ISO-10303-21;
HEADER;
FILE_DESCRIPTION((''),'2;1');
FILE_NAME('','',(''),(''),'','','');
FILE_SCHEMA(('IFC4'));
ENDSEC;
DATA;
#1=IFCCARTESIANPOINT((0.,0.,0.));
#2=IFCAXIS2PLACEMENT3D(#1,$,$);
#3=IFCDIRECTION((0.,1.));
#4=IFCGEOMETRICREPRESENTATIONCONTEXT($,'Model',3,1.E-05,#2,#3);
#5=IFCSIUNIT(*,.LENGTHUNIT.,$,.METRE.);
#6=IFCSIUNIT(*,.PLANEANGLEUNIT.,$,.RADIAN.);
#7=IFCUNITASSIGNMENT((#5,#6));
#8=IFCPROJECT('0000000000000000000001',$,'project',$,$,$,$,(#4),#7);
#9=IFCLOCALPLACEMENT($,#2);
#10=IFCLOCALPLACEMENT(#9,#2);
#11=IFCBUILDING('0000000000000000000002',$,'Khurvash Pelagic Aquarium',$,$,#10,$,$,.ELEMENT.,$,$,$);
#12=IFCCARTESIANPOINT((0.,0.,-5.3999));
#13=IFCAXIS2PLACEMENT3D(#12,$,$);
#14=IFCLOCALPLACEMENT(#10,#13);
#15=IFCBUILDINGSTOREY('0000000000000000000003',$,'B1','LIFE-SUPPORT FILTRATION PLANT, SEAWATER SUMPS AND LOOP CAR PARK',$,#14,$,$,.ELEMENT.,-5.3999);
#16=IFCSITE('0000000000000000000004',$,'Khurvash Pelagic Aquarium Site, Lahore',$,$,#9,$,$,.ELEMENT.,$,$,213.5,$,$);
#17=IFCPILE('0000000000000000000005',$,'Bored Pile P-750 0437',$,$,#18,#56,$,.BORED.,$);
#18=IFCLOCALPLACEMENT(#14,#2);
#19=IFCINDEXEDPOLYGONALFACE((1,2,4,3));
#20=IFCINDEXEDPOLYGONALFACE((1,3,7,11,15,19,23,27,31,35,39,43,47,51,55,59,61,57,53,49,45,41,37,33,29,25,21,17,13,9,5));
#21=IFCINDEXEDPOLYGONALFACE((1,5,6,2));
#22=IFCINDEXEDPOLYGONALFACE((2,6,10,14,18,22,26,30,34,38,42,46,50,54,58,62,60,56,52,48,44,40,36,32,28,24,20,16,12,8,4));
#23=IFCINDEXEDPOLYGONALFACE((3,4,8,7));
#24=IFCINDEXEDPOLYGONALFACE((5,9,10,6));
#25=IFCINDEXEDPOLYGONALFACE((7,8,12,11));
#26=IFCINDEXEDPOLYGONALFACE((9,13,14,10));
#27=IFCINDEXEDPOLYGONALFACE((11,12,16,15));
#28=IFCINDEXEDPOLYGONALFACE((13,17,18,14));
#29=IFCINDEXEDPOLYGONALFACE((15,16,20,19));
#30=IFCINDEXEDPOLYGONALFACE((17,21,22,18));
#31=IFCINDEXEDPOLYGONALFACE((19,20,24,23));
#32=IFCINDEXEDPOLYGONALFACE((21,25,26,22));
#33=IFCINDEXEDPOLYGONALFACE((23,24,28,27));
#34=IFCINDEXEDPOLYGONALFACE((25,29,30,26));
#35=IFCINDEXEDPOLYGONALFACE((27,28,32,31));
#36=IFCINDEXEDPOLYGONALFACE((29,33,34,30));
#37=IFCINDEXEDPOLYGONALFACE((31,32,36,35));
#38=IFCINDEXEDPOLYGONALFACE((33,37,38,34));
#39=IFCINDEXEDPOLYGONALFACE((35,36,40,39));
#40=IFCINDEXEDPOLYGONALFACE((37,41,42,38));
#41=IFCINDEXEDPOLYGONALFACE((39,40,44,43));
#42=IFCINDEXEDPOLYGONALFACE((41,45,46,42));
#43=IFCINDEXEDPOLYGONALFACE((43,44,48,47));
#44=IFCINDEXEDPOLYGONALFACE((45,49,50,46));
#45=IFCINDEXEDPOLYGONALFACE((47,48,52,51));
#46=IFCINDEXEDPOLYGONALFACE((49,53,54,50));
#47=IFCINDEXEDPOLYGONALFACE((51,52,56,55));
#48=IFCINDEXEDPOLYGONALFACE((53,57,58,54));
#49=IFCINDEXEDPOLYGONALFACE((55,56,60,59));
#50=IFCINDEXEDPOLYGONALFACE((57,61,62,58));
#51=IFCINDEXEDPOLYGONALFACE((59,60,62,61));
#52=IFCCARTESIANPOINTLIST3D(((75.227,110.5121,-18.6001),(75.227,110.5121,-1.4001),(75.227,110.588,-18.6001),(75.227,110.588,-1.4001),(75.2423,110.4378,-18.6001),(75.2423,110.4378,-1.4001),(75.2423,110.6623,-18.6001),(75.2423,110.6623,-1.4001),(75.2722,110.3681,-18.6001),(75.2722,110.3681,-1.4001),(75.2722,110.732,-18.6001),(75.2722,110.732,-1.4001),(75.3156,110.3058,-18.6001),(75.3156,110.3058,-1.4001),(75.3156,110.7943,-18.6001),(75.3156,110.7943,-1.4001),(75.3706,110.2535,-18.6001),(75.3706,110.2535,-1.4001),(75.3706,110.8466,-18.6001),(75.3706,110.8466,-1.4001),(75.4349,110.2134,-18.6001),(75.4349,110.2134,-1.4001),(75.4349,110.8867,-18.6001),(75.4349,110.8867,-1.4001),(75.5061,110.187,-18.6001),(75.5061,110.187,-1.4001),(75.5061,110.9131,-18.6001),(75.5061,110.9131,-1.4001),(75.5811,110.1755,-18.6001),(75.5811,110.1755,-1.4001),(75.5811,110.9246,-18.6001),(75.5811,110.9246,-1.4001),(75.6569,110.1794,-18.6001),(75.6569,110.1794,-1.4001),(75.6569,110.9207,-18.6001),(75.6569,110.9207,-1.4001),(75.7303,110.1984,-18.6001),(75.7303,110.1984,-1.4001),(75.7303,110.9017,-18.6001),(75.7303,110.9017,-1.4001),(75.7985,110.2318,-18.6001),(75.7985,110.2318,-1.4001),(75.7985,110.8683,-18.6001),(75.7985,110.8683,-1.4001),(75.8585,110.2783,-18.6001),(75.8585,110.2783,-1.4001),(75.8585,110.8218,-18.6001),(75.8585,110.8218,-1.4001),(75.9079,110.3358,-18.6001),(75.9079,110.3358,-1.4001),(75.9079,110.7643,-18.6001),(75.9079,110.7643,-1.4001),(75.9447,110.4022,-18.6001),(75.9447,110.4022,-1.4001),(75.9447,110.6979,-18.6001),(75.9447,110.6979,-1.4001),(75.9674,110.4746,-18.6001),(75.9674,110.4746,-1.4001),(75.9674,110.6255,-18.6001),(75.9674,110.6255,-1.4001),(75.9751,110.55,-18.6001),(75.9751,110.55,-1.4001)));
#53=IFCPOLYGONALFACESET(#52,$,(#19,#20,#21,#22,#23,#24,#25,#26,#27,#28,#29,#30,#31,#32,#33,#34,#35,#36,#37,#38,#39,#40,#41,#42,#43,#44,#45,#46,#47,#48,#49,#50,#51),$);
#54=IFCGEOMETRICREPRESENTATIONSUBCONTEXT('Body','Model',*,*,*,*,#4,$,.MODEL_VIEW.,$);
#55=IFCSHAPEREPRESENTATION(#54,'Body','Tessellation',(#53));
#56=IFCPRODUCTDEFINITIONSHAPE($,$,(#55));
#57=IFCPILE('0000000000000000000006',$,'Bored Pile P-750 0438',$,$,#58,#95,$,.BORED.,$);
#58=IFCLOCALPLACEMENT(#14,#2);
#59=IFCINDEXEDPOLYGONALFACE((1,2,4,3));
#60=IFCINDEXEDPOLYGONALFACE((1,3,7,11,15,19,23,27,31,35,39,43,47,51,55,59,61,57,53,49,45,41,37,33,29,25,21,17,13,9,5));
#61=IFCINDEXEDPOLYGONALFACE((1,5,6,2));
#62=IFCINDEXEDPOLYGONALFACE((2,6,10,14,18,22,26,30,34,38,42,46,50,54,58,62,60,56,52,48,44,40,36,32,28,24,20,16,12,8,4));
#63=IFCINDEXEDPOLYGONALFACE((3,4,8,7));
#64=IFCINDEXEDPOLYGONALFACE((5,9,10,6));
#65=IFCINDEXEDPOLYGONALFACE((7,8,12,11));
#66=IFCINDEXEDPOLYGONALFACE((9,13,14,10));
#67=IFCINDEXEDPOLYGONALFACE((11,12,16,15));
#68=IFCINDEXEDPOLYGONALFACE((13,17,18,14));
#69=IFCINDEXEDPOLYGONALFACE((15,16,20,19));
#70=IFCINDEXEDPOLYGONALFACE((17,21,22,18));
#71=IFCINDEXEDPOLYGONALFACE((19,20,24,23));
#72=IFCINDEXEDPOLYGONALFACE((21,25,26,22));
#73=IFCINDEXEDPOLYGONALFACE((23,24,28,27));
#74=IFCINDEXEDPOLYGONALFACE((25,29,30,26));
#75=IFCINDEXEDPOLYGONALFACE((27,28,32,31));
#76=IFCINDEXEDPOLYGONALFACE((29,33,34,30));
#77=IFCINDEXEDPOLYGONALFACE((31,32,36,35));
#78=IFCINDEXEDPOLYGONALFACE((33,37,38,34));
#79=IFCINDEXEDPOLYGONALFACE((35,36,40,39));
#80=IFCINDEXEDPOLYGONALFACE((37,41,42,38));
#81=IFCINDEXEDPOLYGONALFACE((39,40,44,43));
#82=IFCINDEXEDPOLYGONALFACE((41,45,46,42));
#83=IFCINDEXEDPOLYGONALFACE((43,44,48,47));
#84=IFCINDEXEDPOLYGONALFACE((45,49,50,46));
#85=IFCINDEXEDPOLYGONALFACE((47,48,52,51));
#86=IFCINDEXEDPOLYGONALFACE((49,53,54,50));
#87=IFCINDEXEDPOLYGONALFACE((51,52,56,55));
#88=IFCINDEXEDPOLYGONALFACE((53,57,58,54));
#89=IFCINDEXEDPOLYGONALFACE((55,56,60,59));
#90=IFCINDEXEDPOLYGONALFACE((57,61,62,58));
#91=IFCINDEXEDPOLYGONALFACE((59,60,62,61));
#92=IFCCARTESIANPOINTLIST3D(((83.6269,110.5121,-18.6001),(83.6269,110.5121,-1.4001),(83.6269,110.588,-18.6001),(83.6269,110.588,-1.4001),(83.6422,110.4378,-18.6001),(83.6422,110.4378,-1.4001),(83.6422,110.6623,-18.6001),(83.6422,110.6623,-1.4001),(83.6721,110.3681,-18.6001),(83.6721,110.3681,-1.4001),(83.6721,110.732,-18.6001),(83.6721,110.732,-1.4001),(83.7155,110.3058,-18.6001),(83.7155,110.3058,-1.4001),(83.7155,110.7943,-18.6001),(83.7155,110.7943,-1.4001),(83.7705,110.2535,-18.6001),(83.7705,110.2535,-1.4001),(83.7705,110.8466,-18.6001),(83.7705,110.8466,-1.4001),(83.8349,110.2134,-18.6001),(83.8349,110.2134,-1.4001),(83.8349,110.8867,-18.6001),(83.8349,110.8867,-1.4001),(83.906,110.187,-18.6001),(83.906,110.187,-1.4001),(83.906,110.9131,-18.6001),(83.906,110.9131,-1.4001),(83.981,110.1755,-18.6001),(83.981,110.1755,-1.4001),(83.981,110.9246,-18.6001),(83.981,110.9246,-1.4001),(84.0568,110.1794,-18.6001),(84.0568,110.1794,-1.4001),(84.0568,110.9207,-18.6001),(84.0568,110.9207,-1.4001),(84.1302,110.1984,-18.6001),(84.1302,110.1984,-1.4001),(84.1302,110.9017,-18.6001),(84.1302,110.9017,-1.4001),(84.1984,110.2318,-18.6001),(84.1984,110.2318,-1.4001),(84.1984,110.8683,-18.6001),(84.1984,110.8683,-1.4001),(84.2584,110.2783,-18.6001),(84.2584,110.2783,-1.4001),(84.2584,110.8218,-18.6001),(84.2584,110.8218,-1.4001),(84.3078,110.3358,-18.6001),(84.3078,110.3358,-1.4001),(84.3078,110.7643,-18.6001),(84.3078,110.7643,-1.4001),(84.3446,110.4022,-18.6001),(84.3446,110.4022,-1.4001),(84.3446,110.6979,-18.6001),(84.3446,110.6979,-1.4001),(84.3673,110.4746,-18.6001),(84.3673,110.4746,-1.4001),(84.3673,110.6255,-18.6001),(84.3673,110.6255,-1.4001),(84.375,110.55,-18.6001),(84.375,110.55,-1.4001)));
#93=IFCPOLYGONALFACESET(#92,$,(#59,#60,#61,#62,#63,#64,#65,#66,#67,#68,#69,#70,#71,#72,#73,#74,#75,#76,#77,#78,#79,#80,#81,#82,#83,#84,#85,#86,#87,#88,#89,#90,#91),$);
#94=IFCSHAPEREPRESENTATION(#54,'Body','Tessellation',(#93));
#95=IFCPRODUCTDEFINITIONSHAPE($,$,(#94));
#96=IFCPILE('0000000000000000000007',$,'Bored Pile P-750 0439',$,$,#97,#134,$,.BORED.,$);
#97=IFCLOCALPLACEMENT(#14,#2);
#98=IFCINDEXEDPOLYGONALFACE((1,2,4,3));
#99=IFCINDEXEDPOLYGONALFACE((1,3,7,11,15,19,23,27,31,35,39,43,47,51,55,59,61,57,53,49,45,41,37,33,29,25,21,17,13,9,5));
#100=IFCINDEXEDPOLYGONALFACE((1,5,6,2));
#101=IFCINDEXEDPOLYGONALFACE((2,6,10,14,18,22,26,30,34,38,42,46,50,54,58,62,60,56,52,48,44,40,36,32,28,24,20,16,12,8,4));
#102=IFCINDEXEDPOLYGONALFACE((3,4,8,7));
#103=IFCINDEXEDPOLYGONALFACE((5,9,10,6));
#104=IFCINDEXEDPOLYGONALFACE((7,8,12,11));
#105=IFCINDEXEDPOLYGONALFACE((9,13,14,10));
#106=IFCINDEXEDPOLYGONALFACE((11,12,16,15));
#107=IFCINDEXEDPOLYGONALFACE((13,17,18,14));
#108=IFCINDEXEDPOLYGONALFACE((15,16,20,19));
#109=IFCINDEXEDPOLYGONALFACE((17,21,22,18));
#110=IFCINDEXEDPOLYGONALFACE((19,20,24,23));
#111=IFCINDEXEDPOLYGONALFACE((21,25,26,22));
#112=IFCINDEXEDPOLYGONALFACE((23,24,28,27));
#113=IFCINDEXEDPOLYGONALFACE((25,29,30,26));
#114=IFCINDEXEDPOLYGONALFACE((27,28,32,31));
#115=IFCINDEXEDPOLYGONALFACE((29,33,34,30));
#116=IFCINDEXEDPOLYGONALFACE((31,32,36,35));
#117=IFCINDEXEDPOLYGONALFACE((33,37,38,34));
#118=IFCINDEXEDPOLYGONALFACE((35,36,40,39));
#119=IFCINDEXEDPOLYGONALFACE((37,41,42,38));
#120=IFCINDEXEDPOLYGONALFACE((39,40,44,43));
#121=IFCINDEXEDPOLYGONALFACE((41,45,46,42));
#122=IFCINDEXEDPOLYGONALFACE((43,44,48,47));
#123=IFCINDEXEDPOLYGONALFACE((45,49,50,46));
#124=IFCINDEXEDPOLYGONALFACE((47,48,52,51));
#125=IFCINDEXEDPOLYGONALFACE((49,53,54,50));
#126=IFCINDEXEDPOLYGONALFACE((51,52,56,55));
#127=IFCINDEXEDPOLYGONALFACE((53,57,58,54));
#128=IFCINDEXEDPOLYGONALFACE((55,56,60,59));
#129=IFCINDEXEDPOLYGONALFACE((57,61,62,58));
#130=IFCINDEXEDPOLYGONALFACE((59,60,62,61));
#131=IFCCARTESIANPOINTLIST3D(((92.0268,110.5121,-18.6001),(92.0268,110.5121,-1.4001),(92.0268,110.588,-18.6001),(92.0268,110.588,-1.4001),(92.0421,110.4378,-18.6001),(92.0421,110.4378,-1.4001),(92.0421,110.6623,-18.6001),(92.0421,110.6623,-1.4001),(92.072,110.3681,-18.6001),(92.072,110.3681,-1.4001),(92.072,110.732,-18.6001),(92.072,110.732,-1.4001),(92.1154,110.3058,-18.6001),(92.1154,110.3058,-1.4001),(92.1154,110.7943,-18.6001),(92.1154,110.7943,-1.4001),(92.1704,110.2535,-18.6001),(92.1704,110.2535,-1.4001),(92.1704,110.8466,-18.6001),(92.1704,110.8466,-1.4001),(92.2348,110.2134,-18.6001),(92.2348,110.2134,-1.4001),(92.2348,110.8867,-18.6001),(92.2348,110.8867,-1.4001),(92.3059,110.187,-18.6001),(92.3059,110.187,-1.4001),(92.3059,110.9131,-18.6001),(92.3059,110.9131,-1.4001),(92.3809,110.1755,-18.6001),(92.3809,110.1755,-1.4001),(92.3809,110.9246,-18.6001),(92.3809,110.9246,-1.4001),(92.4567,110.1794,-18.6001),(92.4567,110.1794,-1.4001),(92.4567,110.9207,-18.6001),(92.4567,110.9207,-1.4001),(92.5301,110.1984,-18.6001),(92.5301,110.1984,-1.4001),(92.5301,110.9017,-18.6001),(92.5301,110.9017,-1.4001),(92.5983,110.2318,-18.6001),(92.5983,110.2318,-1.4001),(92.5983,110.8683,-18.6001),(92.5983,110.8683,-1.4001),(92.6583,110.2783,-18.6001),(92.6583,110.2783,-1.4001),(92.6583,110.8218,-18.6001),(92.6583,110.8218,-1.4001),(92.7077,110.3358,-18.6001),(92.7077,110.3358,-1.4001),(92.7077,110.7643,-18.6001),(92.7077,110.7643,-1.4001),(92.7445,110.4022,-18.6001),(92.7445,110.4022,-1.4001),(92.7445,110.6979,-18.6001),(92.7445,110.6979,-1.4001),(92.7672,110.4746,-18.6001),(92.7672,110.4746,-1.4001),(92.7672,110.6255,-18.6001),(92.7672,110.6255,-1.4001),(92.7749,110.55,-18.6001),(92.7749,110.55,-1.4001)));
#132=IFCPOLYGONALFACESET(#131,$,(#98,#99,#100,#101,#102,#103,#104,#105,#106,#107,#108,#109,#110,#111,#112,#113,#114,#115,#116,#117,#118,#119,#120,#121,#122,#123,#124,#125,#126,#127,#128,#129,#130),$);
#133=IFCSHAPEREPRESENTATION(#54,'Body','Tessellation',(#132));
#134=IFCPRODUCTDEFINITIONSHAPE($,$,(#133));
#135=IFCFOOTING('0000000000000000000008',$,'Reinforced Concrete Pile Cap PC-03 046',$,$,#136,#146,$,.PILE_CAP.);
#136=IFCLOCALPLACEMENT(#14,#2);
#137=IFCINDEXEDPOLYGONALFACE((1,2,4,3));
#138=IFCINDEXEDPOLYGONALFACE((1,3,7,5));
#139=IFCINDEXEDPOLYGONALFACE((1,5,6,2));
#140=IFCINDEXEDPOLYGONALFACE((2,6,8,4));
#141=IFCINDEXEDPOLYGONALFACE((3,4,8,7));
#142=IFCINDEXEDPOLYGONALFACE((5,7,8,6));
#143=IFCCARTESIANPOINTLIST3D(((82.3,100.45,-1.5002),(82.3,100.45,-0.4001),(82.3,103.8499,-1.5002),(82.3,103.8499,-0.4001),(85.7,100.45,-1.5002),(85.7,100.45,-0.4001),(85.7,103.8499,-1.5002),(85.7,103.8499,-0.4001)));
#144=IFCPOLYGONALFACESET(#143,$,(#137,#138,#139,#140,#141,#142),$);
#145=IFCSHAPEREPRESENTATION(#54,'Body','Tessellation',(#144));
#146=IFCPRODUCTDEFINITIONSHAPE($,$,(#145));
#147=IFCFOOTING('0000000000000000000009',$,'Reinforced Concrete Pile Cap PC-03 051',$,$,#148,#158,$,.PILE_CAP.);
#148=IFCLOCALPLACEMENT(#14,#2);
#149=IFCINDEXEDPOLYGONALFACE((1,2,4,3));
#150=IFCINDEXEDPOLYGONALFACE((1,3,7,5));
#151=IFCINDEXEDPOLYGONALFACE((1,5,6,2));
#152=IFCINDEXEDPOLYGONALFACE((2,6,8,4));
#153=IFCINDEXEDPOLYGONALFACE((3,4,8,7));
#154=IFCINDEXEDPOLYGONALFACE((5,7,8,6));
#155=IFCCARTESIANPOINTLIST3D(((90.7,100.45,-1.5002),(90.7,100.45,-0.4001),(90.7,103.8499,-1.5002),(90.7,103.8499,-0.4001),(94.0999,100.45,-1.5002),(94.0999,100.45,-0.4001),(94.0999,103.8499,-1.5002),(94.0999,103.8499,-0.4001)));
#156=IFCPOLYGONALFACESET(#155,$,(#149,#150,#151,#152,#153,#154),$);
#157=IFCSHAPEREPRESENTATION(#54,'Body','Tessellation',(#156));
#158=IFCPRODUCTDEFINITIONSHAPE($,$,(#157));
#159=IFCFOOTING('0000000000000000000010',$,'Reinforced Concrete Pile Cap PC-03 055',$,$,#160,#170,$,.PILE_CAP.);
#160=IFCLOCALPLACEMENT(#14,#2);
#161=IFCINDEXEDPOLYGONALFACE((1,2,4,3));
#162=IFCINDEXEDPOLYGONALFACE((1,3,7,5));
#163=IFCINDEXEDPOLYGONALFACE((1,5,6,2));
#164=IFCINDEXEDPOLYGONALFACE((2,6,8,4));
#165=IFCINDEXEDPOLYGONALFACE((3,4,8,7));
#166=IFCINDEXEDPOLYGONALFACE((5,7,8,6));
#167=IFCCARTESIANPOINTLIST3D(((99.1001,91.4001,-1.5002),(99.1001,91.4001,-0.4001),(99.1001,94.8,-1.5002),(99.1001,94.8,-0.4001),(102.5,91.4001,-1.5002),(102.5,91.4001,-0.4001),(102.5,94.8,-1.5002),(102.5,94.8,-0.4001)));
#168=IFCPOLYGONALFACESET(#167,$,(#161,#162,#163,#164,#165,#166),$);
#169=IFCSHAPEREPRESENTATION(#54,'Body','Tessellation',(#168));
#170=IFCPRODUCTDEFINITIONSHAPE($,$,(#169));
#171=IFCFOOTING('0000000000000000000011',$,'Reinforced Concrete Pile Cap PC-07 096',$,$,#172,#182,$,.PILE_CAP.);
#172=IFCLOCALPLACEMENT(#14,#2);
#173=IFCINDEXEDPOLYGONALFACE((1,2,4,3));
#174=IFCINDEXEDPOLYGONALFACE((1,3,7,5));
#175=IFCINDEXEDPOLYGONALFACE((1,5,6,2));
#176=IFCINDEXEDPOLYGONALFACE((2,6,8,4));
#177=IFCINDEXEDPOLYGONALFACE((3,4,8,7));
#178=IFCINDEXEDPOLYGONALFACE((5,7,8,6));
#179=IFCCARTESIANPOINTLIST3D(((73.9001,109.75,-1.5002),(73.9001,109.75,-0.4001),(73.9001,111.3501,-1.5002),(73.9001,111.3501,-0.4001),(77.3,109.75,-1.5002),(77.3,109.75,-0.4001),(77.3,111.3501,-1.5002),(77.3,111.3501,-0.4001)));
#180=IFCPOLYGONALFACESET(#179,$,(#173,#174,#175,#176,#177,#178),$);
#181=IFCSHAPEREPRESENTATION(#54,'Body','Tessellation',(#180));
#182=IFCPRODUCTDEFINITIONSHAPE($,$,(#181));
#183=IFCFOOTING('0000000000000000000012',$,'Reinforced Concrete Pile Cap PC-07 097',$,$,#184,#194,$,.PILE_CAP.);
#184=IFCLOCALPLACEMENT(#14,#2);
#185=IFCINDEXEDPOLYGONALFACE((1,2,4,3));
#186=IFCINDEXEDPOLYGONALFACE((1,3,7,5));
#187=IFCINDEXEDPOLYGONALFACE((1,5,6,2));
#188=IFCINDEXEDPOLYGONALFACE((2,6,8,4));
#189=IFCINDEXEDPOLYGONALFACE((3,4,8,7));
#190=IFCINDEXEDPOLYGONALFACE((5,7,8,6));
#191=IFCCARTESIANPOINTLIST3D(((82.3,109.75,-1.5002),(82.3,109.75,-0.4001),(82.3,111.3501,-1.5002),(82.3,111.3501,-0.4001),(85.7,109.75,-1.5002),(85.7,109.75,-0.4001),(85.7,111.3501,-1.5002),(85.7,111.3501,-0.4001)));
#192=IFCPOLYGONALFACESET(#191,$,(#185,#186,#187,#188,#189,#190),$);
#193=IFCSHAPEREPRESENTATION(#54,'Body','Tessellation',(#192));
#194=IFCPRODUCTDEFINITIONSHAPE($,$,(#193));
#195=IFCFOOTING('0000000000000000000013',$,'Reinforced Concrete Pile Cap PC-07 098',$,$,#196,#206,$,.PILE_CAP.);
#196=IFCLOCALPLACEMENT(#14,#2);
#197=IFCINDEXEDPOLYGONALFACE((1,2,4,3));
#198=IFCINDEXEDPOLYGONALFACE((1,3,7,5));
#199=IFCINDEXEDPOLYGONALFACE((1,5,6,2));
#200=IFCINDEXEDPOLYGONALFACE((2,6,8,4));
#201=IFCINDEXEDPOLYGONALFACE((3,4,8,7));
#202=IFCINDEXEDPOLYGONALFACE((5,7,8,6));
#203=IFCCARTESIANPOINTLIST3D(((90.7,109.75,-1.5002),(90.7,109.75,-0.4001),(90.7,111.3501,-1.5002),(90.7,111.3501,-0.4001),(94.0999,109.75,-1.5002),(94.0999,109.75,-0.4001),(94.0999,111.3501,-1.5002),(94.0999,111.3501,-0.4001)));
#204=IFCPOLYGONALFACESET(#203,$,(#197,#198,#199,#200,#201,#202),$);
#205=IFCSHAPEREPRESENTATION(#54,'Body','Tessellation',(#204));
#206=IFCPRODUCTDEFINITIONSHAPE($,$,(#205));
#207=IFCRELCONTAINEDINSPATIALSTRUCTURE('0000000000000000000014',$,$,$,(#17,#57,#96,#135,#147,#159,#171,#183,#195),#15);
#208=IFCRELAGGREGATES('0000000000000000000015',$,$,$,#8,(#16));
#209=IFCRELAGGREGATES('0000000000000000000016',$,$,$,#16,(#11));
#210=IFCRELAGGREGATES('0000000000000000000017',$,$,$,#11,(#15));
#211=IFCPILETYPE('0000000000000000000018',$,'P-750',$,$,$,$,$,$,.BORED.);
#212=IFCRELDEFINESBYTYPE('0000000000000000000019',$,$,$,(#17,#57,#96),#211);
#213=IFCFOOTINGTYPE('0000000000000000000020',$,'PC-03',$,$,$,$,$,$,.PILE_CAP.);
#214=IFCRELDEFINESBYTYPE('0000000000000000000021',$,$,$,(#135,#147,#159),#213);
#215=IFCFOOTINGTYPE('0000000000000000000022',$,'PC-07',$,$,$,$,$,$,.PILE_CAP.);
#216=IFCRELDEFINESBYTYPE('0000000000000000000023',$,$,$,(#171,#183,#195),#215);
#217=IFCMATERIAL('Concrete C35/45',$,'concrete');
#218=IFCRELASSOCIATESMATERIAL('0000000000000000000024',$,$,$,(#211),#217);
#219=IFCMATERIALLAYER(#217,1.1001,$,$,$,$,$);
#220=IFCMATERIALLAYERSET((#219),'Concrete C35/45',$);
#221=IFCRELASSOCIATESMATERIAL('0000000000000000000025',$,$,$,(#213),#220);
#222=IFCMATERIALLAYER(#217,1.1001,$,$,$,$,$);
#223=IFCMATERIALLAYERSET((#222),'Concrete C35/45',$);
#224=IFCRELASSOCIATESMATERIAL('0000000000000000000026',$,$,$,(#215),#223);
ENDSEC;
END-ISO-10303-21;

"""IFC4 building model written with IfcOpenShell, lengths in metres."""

from ifc_helpers import new_model, si_unit, direction, frame, origin, origin_2d, place, context, subcontext, project, spatial, rectangle, circle, extrude, material, layer, layer_set, material_profile, profile_set, type_object, element, save


model = new_model("IFC4")

# Units and contexts
model_context = context("Model", 3, precision=1e-05, world=origin(), true_north=direction((0.0, 1.0)))
body_context = subcontext(model_context, "Body", "Model", "MODEL_VIEW")
ifc_project = project(units=[si_unit("LENGTHUNIT", "METRE"), si_unit("PLANEANGLEUNIT", "RADIAN")], contexts=[model_context])

# Site, building, storey
site_placement = place(None, origin())
site = spatial("IfcSite", under=ifc_project, at=site_placement, Name="Khurvash Pelagic Aquarium Site, Lahore", CompositionType="ELEMENT", RefElevation=213.5)
building_placement = place(site_placement, origin())
building = spatial("IfcBuilding", under=site, at=building_placement, Name="Khurvash Pelagic Aquarium", CompositionType="ELEMENT")
storey_placement = place(building_placement, frame((0.0, 0.0, -5.3999)))
storey = spatial("IfcBuildingStorey", under=building, at=storey_placement, Name="B1", Description="LIFE-SUPPORT FILTRATION PLANT, SEAWATER SUMPS AND LOOP CAR PARK", CompositionType="ELEMENT", Elevation=-5.3999)

# Shared definitions
ifc_material_1 = material(Name="Concrete C35/45", Category="concrete")

# Piles
ifc_material_profile_1 = material_profile(ifc_material_1, circle(Radius=0.375, at=origin_2d()), Name="PILE750")
ifc_profile_set_1 = profile_set([ifc_material_profile_1], Name="Concrete C35/45")
pile_type = type_object("IfcPileType", Name="P-750", PredefinedType="BORED", material=ifc_profile_set_1)
for number, where, z_axis, x_axis, name in (
    (1, (75.6001, 110.55, -1.4001), (0.0, 0.0, -1.0), (1.0, 0.0, 0.0), "Bored Pile P-750 0437"),
    (2, (84.0, 110.55, -1.4001), (0.0, 0.0, -1.0), (1.0, 0.0, 0.0), "Bored Pile P-750 0438"),
    (3, (92.3999, 110.55, -1.4001), (0.0, 0.0, -1.0), (1.0, 0.0, 0.0), "Bored Pile P-750 0439"),
):
    element("IfcPile", number, at=place(storey_placement, frame(where, z_axis=z_axis, x_axis=x_axis)), inside=storey, type_object=pile_type, Name=name, PredefinedType="BORED", context=body_context, shape_type="SweptSolid", body=[
        extrude(circle(Radius=0.375, at=origin_2d()), origin(), (0.0, 0.0, 1.0), 17.2),
    ])

# Footings
ifc_layer_1 = layer(ifc_material_1, 1.1001)
ifc_layer_set_1 = layer_set([ifc_layer_1], Name="Concrete C35/45")
footing_type_1 = type_object("IfcFootingType", Name="PC-03", PredefinedType="PILE_CAP", material=ifc_layer_set_1)
for number, where, z_axis, x_axis, name in (
    (4, (84.0, 102.1499, -1.5002), (0.0, 0.0, 1.0), (1.0, 0.0, 0.0), "Reinforced Concrete Pile Cap PC-03 046"),
    (5, (92.3999, 102.1499, -1.5002), (0.0, 0.0, 1.0), (1.0, 0.0, 0.0), "Reinforced Concrete Pile Cap PC-03 051"),
    (6, (100.8, 93.1001, -1.5002), (0.0, 0.0, 1.0), (1.0, 0.0, 0.0), "Reinforced Concrete Pile Cap PC-03 055"),
):
    element("IfcFooting", number, at=place(storey_placement, frame(where, z_axis=z_axis, x_axis=x_axis)), inside=storey, type_object=footing_type_1, Name=name, PredefinedType="PILE_CAP", context=body_context, shape_type="SweptSolid", body=[
        extrude(rectangle(XDim=3.3999, YDim=3.3999, at=origin_2d()), origin(), (0.0, 0.0, 1.0), 1.1001),
    ])
ifc_layer_2 = layer(ifc_material_1, 1.1001)
ifc_layer_set_2 = layer_set([ifc_layer_2], Name="Concrete C35/45")
footing_type_2 = type_object("IfcFootingType", Name="PC-07", PredefinedType="PILE_CAP", material=ifc_layer_set_2)
for number, where, z_axis, x_axis, name in (
    (7, (75.6001, 110.55, -1.5002), (0.0, 0.0, 1.0), (1.0, 0.0, 0.0), "Reinforced Concrete Pile Cap PC-07 096"),
    (8, (84.0, 110.55, -1.5002), (0.0, 0.0, 1.0), (1.0, 0.0, 0.0), "Reinforced Concrete Pile Cap PC-07 097"),
    (9, (92.3999, 110.55, -1.5002), (0.0, 0.0, 1.0), (1.0, 0.0, 0.0), "Reinforced Concrete Pile Cap PC-07 098"),
):
    element("IfcFooting", number, at=place(storey_placement, frame(where, z_axis=z_axis, x_axis=x_axis)), inside=storey, type_object=footing_type_2, Name=name, PredefinedType="PILE_CAP", context=body_context, shape_type="SweptSolid", body=[
        extrude(rectangle(XDim=3.3999, YDim=1.6001, at=origin_2d()), origin(), (0.0, 0.0, 1.0), 1.1001),
    ])

save(model, "model.ifc")
